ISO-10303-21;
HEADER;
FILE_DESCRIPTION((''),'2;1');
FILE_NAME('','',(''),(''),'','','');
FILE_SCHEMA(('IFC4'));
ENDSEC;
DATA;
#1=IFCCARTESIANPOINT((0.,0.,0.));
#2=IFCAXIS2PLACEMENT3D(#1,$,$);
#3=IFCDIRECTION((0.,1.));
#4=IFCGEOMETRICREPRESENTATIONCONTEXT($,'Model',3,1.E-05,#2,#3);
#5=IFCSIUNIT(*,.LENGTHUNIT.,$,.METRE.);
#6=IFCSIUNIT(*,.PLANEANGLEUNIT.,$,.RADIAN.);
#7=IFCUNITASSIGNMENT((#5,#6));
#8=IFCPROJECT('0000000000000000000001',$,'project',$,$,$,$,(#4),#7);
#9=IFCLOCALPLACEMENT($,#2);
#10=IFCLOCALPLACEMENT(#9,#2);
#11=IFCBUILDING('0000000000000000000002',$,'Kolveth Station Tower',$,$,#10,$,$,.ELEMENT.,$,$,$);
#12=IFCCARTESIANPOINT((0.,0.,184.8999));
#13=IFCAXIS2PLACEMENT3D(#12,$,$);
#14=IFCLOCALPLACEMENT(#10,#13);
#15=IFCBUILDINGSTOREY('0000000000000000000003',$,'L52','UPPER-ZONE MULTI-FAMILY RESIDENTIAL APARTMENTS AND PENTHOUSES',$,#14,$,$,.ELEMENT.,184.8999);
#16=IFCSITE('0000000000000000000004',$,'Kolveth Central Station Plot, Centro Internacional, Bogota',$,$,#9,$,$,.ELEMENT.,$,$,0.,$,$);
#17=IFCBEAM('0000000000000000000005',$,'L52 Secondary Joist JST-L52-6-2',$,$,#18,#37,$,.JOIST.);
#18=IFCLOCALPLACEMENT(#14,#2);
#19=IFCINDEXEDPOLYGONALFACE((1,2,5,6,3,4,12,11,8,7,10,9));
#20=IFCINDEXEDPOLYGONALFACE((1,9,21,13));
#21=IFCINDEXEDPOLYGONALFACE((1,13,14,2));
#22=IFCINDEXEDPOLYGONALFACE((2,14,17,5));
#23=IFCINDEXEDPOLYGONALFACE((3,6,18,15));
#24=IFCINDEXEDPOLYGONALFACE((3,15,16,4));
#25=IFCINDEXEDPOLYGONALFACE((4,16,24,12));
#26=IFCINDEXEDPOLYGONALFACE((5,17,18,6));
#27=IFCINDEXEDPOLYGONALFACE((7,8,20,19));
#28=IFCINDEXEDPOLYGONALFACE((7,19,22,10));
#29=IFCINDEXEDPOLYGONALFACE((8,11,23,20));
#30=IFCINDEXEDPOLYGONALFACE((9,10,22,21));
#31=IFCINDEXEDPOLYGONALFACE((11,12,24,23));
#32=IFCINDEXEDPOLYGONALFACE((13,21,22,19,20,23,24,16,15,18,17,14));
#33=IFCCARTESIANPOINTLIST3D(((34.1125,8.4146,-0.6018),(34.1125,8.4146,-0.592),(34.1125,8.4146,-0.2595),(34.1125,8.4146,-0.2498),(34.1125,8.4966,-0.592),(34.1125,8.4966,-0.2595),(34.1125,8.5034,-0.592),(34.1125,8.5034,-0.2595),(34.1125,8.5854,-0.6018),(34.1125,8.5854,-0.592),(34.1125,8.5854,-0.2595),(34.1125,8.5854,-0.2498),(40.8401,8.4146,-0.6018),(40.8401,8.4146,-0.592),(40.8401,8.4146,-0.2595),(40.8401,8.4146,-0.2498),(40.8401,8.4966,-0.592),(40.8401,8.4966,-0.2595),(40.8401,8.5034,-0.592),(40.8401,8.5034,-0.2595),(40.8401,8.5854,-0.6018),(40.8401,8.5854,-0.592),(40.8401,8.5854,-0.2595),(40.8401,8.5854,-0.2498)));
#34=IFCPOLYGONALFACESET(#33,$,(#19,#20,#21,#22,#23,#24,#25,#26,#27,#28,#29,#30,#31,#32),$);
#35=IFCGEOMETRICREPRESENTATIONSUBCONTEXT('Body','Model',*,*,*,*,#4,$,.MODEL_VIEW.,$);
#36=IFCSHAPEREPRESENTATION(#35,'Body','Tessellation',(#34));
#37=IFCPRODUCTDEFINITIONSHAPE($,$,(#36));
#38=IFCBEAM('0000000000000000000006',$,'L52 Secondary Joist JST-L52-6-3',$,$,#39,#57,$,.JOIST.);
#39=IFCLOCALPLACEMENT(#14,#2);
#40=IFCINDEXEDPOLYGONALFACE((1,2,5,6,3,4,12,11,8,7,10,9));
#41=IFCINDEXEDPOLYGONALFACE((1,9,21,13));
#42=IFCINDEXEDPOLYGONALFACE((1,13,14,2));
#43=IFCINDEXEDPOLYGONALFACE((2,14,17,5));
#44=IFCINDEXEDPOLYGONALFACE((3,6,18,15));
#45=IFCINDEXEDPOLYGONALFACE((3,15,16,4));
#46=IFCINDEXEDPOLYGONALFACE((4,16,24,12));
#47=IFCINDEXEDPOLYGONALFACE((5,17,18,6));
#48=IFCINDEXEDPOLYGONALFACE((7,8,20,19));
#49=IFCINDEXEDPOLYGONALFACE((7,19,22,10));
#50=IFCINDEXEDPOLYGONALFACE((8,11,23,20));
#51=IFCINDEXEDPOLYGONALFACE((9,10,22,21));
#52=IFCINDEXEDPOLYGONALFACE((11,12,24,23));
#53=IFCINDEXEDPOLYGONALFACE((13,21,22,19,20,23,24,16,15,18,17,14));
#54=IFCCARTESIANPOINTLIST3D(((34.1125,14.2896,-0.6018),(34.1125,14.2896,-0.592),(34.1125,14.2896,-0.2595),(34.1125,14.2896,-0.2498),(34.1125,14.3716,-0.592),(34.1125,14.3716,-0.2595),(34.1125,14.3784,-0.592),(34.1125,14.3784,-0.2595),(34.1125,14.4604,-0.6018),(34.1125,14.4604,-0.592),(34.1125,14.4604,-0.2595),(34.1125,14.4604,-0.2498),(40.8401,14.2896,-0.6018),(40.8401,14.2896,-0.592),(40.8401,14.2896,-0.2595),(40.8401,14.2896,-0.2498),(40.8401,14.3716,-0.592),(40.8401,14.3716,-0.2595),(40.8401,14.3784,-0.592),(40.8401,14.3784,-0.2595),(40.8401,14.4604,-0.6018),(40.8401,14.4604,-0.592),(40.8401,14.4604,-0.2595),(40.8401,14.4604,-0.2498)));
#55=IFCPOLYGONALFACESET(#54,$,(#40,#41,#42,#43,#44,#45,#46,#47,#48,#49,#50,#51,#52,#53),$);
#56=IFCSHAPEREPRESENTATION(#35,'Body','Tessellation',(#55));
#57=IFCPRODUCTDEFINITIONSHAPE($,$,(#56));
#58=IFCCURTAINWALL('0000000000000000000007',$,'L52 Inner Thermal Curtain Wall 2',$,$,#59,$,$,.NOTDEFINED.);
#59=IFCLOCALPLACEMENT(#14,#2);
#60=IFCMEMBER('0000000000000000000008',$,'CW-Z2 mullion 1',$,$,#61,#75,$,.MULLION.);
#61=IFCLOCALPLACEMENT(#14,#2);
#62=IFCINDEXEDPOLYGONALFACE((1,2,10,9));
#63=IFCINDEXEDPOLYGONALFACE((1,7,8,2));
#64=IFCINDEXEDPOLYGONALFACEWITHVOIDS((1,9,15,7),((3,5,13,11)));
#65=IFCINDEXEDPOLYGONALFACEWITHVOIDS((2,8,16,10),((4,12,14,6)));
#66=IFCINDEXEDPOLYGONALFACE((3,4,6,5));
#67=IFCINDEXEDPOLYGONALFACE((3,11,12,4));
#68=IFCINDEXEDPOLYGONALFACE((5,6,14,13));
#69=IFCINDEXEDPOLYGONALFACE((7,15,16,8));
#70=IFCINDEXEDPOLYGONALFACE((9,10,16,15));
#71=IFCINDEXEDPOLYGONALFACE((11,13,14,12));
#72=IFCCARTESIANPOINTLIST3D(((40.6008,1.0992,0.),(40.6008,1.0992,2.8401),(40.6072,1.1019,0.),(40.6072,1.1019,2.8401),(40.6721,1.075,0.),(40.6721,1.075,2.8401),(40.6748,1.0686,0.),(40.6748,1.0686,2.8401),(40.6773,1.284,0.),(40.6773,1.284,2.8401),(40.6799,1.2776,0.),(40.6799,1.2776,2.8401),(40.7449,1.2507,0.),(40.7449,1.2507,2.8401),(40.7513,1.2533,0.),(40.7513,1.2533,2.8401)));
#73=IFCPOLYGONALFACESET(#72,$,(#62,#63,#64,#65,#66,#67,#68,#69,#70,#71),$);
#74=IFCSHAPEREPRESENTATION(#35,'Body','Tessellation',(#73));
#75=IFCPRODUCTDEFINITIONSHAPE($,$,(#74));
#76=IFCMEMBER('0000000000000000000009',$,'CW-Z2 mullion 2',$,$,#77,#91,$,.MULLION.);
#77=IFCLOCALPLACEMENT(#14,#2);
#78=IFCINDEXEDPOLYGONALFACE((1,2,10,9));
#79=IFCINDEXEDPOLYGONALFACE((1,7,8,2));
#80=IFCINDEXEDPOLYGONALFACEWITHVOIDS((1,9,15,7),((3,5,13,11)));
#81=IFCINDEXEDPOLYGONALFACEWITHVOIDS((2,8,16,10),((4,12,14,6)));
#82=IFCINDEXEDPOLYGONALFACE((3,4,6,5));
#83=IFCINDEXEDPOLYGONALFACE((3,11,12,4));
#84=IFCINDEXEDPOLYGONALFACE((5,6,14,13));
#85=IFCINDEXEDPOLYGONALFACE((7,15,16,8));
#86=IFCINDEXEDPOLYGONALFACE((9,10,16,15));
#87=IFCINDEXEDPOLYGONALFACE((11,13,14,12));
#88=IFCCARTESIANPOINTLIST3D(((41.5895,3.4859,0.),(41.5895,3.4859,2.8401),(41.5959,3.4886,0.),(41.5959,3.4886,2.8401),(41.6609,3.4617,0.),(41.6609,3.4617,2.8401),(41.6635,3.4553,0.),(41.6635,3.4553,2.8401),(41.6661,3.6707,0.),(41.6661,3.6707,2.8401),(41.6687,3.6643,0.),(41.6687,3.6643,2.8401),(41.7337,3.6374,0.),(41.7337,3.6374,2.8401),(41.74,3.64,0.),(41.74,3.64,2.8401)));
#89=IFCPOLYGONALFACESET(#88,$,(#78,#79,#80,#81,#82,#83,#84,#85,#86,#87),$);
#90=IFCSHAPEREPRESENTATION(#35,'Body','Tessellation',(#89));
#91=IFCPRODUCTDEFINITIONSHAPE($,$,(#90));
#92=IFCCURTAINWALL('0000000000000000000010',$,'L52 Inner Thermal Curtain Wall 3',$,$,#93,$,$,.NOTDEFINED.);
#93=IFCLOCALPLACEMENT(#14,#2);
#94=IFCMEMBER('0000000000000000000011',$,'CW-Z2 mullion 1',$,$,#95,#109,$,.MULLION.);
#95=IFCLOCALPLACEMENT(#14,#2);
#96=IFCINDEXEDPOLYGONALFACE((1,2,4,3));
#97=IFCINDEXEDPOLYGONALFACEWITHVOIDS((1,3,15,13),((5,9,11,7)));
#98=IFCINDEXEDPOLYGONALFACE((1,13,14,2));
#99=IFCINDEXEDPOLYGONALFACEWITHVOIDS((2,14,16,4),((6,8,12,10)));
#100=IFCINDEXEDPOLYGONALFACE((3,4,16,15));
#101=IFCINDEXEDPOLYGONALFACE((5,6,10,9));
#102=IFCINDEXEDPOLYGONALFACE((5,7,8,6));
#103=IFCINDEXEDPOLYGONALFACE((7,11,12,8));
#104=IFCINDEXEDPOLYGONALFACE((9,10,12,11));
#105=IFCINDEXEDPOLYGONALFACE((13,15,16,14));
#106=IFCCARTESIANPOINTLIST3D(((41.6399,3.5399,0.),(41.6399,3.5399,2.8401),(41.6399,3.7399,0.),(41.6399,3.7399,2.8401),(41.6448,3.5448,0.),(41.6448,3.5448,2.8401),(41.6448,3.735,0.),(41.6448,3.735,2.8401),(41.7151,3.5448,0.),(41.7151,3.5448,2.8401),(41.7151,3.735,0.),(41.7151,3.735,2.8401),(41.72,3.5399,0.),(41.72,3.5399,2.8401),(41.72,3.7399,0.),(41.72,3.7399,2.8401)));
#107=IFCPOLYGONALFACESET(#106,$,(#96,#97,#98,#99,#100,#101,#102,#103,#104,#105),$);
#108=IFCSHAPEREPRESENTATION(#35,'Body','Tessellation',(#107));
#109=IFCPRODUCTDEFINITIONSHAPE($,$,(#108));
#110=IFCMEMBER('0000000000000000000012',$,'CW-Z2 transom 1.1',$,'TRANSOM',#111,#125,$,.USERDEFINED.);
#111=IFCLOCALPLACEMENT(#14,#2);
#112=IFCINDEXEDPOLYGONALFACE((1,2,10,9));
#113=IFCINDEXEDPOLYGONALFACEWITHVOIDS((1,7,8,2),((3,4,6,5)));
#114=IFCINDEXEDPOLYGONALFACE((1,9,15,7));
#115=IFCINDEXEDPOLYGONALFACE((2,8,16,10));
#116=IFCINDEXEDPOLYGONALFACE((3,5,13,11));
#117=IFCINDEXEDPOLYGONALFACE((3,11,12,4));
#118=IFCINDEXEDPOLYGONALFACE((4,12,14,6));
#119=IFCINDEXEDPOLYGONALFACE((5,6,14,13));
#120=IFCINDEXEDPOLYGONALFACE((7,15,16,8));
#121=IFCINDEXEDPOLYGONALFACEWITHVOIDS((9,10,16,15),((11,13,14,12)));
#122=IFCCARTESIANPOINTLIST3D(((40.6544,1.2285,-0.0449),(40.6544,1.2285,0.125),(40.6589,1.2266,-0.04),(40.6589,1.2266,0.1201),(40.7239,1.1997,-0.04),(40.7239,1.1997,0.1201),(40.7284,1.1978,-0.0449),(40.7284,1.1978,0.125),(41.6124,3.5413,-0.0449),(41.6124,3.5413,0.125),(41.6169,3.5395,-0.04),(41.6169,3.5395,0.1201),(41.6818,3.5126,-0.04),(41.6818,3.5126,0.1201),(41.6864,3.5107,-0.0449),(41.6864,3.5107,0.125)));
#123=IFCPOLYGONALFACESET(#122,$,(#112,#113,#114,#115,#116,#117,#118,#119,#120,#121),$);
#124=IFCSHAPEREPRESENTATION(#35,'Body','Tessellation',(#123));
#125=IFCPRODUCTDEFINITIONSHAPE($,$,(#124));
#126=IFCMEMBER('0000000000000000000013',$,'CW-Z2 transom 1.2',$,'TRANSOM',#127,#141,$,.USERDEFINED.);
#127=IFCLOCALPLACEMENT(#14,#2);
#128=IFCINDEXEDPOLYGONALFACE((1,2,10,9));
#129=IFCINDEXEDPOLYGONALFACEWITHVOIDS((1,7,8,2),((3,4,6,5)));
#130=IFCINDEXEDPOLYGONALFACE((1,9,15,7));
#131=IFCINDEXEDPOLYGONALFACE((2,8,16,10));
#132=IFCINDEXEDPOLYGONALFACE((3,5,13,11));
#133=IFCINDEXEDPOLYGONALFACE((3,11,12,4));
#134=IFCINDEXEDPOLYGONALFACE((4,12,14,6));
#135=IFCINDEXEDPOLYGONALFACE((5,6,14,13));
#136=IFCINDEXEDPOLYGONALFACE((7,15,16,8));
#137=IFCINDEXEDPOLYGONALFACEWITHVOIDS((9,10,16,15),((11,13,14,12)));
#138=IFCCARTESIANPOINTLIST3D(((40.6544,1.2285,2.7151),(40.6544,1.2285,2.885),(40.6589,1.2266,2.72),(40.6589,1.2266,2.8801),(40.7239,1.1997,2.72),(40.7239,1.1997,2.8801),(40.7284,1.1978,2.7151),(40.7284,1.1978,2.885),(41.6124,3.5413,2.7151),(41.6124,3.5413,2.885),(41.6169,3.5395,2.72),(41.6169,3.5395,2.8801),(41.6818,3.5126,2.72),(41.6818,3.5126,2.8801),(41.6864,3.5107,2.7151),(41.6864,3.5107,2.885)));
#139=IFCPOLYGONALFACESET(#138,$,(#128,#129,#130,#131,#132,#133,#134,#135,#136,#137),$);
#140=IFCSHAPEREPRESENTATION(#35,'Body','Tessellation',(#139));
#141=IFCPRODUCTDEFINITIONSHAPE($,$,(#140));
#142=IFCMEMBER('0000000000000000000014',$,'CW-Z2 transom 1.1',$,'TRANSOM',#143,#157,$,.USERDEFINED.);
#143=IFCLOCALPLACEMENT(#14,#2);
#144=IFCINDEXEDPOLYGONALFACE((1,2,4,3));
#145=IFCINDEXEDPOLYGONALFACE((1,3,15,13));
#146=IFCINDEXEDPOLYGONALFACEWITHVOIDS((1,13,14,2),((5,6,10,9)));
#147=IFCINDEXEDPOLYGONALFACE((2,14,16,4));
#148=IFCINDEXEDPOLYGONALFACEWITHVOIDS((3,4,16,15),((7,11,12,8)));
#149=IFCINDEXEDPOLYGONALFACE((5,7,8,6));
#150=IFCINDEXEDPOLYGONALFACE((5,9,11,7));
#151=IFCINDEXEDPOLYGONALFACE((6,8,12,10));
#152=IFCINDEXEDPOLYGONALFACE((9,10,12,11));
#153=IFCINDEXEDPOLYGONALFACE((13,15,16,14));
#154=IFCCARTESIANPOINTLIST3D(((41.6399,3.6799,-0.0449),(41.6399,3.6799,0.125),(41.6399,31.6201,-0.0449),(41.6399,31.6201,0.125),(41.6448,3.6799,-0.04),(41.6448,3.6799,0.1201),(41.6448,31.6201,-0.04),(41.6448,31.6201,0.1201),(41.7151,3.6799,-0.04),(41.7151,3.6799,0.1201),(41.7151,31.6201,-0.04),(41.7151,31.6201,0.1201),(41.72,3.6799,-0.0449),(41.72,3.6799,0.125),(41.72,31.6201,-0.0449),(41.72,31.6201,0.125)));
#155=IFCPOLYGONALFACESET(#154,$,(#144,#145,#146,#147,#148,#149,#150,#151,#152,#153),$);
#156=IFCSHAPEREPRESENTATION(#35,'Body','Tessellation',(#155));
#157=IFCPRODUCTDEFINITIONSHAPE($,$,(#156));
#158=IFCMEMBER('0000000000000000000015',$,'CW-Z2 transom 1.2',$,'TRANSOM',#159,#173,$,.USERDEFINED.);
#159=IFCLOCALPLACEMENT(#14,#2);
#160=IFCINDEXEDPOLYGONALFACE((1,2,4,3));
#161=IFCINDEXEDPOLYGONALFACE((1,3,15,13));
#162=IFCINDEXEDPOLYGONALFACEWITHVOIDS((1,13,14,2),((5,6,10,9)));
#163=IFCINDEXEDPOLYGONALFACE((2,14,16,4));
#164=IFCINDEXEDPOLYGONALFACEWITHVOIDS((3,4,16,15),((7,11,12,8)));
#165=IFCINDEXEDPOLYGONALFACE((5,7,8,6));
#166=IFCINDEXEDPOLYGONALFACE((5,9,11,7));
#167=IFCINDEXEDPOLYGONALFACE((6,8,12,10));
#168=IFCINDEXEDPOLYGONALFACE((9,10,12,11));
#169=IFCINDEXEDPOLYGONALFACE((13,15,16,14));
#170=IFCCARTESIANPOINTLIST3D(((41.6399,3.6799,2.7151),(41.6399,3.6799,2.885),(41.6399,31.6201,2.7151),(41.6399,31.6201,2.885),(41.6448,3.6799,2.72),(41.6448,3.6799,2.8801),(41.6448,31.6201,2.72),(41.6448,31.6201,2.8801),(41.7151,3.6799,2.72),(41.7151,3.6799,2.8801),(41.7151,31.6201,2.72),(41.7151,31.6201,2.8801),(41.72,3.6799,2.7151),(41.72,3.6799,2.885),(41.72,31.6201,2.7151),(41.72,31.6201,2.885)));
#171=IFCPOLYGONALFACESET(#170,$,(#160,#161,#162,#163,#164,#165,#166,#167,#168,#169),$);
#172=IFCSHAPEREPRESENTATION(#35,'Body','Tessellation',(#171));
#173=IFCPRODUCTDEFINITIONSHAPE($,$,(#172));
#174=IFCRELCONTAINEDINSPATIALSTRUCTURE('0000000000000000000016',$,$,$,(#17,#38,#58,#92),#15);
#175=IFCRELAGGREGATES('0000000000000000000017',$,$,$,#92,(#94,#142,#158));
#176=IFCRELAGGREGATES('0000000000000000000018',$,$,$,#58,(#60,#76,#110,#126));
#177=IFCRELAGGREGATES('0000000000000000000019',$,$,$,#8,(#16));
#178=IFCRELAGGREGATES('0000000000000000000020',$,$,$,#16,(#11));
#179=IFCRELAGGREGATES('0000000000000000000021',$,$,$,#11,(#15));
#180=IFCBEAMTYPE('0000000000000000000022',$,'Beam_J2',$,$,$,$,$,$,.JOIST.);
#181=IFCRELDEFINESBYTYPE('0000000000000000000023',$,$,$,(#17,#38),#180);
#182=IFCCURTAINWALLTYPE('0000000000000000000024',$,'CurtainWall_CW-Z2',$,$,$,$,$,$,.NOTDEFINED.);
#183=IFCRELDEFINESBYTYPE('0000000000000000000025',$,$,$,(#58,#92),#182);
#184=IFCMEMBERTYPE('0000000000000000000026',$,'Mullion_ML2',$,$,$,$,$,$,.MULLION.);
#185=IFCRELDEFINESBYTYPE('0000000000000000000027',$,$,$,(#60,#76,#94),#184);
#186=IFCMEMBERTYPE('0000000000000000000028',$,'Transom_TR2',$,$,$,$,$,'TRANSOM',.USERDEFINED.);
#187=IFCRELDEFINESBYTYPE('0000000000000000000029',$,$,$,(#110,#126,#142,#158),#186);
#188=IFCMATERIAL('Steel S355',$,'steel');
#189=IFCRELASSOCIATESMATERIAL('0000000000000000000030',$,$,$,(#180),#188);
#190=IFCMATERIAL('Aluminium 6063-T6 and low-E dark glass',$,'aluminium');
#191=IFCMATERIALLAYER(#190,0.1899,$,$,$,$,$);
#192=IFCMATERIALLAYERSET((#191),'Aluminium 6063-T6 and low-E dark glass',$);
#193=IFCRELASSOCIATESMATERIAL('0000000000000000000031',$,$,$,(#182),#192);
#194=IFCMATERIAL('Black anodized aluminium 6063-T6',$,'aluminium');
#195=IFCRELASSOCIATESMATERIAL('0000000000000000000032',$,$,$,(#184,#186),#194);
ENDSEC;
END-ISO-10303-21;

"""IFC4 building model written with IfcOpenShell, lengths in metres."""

from ifc_helpers import new_model, si_unit, direction, frame, origin, origin_2d, place, context, subcontext, project, spatial, hollow_rectangle, i_section, extrude, source, transform, mapped, material, layer, layer_set, material_profile, profile_set, type_object, element, aggregate, save


model = new_model("IFC4")

# Units and contexts
model_context = context("Model", 3, precision=1e-05, world=origin(), true_north=direction((0.0, 1.0)))
body_context = subcontext(model_context, "Body", "Model", "MODEL_VIEW")
ifc_project = project(units=[si_unit("LENGTHUNIT", "METRE"), si_unit("PLANEANGLEUNIT", "RADIAN")], contexts=[model_context])

# Site, building, storey
site_placement = place(None, origin())
site = spatial("IfcSite", under=ifc_project, at=site_placement, Name="Kolveth Central Station Plot, Centro Internacional, Bogota", CompositionType="ELEMENT", RefElevation=0.0)
building_placement = place(site_placement, origin())
building = spatial("IfcBuilding", under=site, at=building_placement, Name="Kolveth Station Tower", CompositionType="ELEMENT")
storey_placement = place(building_placement, frame((0.0, 0.0, 184.8999)))
storey = spatial("IfcBuildingStorey", under=building, at=storey_placement, Name="L52", Description="UPPER-ZONE MULTI-FAMILY RESIDENTIAL APARTMENTS AND PENTHOUSES", CompositionType="ELEMENT", Elevation=184.8999)

# Shared definitions
ifc_material_1 = material(Name="Steel S355", Category="steel")

# Beams
ifc_material_profile_1 = material_profile(ifc_material_1, i_section(OverallWidth=0.1709, OverallDepth=0.3521, WebThickness=0.0068, FlangeThickness=0.0098, at=origin_2d()), Name="W360x44")
ifc_profile_set_1 = profile_set([ifc_material_profile_1], Name="Steel S355")
beam_type_1 = type_object("IfcBeamType", Name="Beam_J2", PredefinedType="JOIST", material=ifc_profile_set_1)
shared_shape_1 = source(origin(), body_context, "Body", "SweptSolid", [
    extrude(i_section(OverallWidth=0.1709, OverallDepth=0.3521, WebThickness=0.0068, FlangeThickness=0.0098, at=origin_2d()), origin(), (0.0, 0.0, 1.0), 6.7275),
])
for number, where, z_axis, x_axis, name in (
    (1, (34.1125, 8.5, -0.4258), (1.0, 0.0, 0.0), (0.0, 1.0, 0.0), "L52 Secondary Joist JST-L52-6-2"),
    (2, (34.1125, 14.375, -0.4258), (1.0, 0.0, 0.0), (0.0, 1.0, 0.0), "L52 Secondary Joist JST-L52-6-3"),
):
    element("IfcBeam", number, at=place(storey_placement, frame(where, z_axis=z_axis, x_axis=x_axis)), inside=storey, type_object=beam_type_1, Name=name, PredefinedType="JOIST", context=body_context, shape_type="MappedRepresentation", body=[
        mapped(shared_shape_1, transform((0.0, 0.0, 0.0), x_axis=(1.0, 0.0, 0.0), y_axis=(0.0, 1.0, 0.0), z_axis=(0.0, 0.0, 1.0), scale=1.0)),
    ])

# Curtain wall, members
ifc_material_2 = material(Name="Aluminium 6063-T6 and low-E dark glass", Category="aluminium")
ifc_layer_1 = layer(ifc_material_2, 0.1899)
ifc_layer_set_1 = layer_set([ifc_layer_1], Name="Aluminium 6063-T6 and low-E dark glass")
curtain_wall_type_1 = type_object("IfcCurtainWallType", Name="CurtainWall_CW-Z2", PredefinedType="NOTDEFINED", material=ifc_layer_set_1)
curtain_wall_1_placement = place(storey_placement, origin())
curtain_wall_1 = element("IfcCurtainWall", 3, at=curtain_wall_1_placement, inside=storey, type_object=curtain_wall_type_1, Name="L52 Inner Thermal Curtain Wall 2", PredefinedType="NOTDEFINED")
ifc_material_3 = material(Name="Black anodized aluminium 6063-T6", Category="aluminium")
ifc_material_profile_2 = material_profile(ifc_material_3, hollow_rectangle(XDim=0.0801, YDim=0.2, WallThickness=0.0049, at=origin_2d()), Name="ALU-80x200x5")
ifc_profile_set_2 = profile_set([ifc_material_profile_2], Name="Black anodized aluminium 6063-T6")
member_type_1 = type_object("IfcMemberType", Name="Mullion_ML2", PredefinedType="MULLION", material=ifc_profile_set_2)
shared_shape_2 = source(origin(), body_context, "Body", "SweptSolid", [
    extrude(hollow_rectangle(XDim=0.0801, YDim=0.2, WallThickness=0.0049, at=origin_2d()), origin(), (0.0, 0.0, 1.0), 2.8401),
])
member_1_placement = place(storey_placement, frame((40.676, 1.1763, 0.0), z_axis=(0.0, 0.0, 1.0), x_axis=(-0.923874, 0.382698, 0.0)))
member_1 = element("IfcMember", 4, at=member_1_placement, type_object=member_type_1, Name="CW-Z2 mullion 1", PredefinedType="MULLION", context=body_context, shape_type="MappedRepresentation", body=[
    mapped(shared_shape_2, transform((0.0, 0.0, 0.0), x_axis=(1.0, 0.0, 0.0), y_axis=(0.0, 1.0, 0.0), z_axis=(0.0, 0.0, 1.0), scale=1.0)),
])
member_2_placement = place(storey_placement, frame((41.6648, 3.563, 0.0), z_axis=(0.0, 0.0, 1.0), x_axis=(-0.923874, 0.382698, 0.0)))
member_2 = element("IfcMember", 5, at=member_2_placement, type_object=member_type_1, Name="CW-Z2 mullion 2", PredefinedType="MULLION", context=body_context, shape_type="MappedRepresentation", body=[
    mapped(shared_shape_2, transform((0.0, 0.0, 0.0), x_axis=(1.0, 0.0, 0.0), y_axis=(0.0, 1.0, 0.0), z_axis=(0.0, 0.0, 1.0), scale=1.0)),
])

# Curtain wall, member
curtain_wall_2_placement = place(storey_placement, origin())
curtain_wall_2 = element("IfcCurtainWall", 6, at=curtain_wall_2_placement, inside=storey, type_object=curtain_wall_type_1, Name="L52 Inner Thermal Curtain Wall 3", PredefinedType="NOTDEFINED")
member_3_placement = place(storey_placement, frame((41.6799, 3.6399, 0.0), z_axis=(0.0, 0.0, 1.0), x_axis=(-1.0, 0.0, 0.0)))
member_3 = element("IfcMember", 7, at=member_3_placement, type_object=member_type_1, Name="CW-Z2 mullion 1", PredefinedType="MULLION", context=body_context, shape_type="MappedRepresentation", body=[
    mapped(shared_shape_2, transform((0.0, 0.0, 0.0), x_axis=(1.0, 0.0, 0.0), y_axis=(0.0, 1.0, 0.0), z_axis=(0.0, 0.0, 1.0), scale=1.0)),
])

# Members
ifc_material_profile_3 = material_profile(ifc_material_3, hollow_rectangle(XDim=0.0801, YDim=0.1699, WallThickness=0.0049, at=origin_2d()), Name="ALU-80x170x5")
ifc_profile_set_3 = profile_set([ifc_material_profile_3], Name="Black anodized aluminium 6063-T6")
member_type_2 = type_object("IfcMemberType", Name="Transom_TR2", ElementType="TRANSOM", PredefinedType="USERDEFINED", material=ifc_profile_set_3)
shared_shape_3 = source(origin(), body_context, "Body", "SweptSolid", [
    extrude(hollow_rectangle(XDim=0.0801, YDim=0.1699, WallThickness=0.0049, at=origin_2d()), origin(), (0.0, 0.0, 1.0), 2.5034),
])
member_4_placement = place(storey_placement, frame((40.6914, 1.2131, 0.04), z_axis=(0.382662, 0.923888, 0.0), x_axis=(-0.923888, 0.382662, 0.0)))
member_4 = element("IfcMember", 8, at=member_4_placement, type_object=member_type_2, Name="CW-Z2 transom 1.1", ObjectType="TRANSOM", PredefinedType="USERDEFINED", context=body_context, shape_type="MappedRepresentation", body=[
    mapped(shared_shape_3, transform((0.0, 0.0, 0.0), x_axis=(1.0, 0.0, 0.0), y_axis=(0.0, 1.0, 0.0), z_axis=(0.0, 0.0, 1.0), scale=1.0)),
])
member_5_placement = place(storey_placement, frame((40.6914, 1.2131, 2.8), z_axis=(0.382662, 0.923888, 0.0), x_axis=(-0.923888, 0.382662, 0.0)))
member_5 = element("IfcMember", 9, at=member_5_placement, type_object=member_type_2, Name="CW-Z2 transom 1.2", ObjectType="TRANSOM", PredefinedType="USERDEFINED", context=body_context, shape_type="MappedRepresentation", body=[
    mapped(shared_shape_3, transform((0.0, 0.0, 0.0), x_axis=(1.0, 0.0, 0.0), y_axis=(0.0, 1.0, 0.0), z_axis=(0.0, 0.0, 1.0), scale=1.0)),
])
shared_shape_4 = source(origin(), body_context, "Body", "SweptSolid", [
    extrude(hollow_rectangle(XDim=0.0801, YDim=0.1699, WallThickness=0.0049, at=origin_2d()), origin(), (0.0, 0.0, 1.0), 27.9402),
])
member_6_placement = place(storey_placement, frame((41.6799, 3.6799, 0.04), z_axis=(0.0, 1.0, 0.0), x_axis=(-1.0, 0.0, 0.0)))
member_6 = element("IfcMember", 10, at=member_6_placement, type_object=member_type_2, Name="CW-Z2 transom 1.1", ObjectType="TRANSOM", PredefinedType="USERDEFINED", context=body_context, shape_type="MappedRepresentation", body=[
    mapped(shared_shape_4, transform((0.0, 0.0, 0.0), x_axis=(1.0, 0.0, 0.0), y_axis=(0.0, 1.0, 0.0), z_axis=(0.0, 0.0, 1.0), scale=1.0)),
])
member_7_placement = place(storey_placement, frame((41.6799, 3.6799, 2.8), z_axis=(0.0, 1.0, 0.0), x_axis=(-1.0, 0.0, 0.0)))
member_7 = element("IfcMember", 11, at=member_7_placement, type_object=member_type_2, Name="CW-Z2 transom 1.2", ObjectType="TRANSOM", PredefinedType="USERDEFINED", context=body_context, shape_type="MappedRepresentation", body=[
    mapped(shared_shape_4, transform((0.0, 0.0, 0.0), x_axis=(1.0, 0.0, 0.0), y_axis=(0.0, 1.0, 0.0), z_axis=(0.0, 0.0, 1.0), scale=1.0)),
])
aggregate(curtain_wall_2, [member_3, member_6, member_7])

aggregate(curtain_wall_1, [member_1, member_2, member_4, member_5])

save(model, "model.ifc")
